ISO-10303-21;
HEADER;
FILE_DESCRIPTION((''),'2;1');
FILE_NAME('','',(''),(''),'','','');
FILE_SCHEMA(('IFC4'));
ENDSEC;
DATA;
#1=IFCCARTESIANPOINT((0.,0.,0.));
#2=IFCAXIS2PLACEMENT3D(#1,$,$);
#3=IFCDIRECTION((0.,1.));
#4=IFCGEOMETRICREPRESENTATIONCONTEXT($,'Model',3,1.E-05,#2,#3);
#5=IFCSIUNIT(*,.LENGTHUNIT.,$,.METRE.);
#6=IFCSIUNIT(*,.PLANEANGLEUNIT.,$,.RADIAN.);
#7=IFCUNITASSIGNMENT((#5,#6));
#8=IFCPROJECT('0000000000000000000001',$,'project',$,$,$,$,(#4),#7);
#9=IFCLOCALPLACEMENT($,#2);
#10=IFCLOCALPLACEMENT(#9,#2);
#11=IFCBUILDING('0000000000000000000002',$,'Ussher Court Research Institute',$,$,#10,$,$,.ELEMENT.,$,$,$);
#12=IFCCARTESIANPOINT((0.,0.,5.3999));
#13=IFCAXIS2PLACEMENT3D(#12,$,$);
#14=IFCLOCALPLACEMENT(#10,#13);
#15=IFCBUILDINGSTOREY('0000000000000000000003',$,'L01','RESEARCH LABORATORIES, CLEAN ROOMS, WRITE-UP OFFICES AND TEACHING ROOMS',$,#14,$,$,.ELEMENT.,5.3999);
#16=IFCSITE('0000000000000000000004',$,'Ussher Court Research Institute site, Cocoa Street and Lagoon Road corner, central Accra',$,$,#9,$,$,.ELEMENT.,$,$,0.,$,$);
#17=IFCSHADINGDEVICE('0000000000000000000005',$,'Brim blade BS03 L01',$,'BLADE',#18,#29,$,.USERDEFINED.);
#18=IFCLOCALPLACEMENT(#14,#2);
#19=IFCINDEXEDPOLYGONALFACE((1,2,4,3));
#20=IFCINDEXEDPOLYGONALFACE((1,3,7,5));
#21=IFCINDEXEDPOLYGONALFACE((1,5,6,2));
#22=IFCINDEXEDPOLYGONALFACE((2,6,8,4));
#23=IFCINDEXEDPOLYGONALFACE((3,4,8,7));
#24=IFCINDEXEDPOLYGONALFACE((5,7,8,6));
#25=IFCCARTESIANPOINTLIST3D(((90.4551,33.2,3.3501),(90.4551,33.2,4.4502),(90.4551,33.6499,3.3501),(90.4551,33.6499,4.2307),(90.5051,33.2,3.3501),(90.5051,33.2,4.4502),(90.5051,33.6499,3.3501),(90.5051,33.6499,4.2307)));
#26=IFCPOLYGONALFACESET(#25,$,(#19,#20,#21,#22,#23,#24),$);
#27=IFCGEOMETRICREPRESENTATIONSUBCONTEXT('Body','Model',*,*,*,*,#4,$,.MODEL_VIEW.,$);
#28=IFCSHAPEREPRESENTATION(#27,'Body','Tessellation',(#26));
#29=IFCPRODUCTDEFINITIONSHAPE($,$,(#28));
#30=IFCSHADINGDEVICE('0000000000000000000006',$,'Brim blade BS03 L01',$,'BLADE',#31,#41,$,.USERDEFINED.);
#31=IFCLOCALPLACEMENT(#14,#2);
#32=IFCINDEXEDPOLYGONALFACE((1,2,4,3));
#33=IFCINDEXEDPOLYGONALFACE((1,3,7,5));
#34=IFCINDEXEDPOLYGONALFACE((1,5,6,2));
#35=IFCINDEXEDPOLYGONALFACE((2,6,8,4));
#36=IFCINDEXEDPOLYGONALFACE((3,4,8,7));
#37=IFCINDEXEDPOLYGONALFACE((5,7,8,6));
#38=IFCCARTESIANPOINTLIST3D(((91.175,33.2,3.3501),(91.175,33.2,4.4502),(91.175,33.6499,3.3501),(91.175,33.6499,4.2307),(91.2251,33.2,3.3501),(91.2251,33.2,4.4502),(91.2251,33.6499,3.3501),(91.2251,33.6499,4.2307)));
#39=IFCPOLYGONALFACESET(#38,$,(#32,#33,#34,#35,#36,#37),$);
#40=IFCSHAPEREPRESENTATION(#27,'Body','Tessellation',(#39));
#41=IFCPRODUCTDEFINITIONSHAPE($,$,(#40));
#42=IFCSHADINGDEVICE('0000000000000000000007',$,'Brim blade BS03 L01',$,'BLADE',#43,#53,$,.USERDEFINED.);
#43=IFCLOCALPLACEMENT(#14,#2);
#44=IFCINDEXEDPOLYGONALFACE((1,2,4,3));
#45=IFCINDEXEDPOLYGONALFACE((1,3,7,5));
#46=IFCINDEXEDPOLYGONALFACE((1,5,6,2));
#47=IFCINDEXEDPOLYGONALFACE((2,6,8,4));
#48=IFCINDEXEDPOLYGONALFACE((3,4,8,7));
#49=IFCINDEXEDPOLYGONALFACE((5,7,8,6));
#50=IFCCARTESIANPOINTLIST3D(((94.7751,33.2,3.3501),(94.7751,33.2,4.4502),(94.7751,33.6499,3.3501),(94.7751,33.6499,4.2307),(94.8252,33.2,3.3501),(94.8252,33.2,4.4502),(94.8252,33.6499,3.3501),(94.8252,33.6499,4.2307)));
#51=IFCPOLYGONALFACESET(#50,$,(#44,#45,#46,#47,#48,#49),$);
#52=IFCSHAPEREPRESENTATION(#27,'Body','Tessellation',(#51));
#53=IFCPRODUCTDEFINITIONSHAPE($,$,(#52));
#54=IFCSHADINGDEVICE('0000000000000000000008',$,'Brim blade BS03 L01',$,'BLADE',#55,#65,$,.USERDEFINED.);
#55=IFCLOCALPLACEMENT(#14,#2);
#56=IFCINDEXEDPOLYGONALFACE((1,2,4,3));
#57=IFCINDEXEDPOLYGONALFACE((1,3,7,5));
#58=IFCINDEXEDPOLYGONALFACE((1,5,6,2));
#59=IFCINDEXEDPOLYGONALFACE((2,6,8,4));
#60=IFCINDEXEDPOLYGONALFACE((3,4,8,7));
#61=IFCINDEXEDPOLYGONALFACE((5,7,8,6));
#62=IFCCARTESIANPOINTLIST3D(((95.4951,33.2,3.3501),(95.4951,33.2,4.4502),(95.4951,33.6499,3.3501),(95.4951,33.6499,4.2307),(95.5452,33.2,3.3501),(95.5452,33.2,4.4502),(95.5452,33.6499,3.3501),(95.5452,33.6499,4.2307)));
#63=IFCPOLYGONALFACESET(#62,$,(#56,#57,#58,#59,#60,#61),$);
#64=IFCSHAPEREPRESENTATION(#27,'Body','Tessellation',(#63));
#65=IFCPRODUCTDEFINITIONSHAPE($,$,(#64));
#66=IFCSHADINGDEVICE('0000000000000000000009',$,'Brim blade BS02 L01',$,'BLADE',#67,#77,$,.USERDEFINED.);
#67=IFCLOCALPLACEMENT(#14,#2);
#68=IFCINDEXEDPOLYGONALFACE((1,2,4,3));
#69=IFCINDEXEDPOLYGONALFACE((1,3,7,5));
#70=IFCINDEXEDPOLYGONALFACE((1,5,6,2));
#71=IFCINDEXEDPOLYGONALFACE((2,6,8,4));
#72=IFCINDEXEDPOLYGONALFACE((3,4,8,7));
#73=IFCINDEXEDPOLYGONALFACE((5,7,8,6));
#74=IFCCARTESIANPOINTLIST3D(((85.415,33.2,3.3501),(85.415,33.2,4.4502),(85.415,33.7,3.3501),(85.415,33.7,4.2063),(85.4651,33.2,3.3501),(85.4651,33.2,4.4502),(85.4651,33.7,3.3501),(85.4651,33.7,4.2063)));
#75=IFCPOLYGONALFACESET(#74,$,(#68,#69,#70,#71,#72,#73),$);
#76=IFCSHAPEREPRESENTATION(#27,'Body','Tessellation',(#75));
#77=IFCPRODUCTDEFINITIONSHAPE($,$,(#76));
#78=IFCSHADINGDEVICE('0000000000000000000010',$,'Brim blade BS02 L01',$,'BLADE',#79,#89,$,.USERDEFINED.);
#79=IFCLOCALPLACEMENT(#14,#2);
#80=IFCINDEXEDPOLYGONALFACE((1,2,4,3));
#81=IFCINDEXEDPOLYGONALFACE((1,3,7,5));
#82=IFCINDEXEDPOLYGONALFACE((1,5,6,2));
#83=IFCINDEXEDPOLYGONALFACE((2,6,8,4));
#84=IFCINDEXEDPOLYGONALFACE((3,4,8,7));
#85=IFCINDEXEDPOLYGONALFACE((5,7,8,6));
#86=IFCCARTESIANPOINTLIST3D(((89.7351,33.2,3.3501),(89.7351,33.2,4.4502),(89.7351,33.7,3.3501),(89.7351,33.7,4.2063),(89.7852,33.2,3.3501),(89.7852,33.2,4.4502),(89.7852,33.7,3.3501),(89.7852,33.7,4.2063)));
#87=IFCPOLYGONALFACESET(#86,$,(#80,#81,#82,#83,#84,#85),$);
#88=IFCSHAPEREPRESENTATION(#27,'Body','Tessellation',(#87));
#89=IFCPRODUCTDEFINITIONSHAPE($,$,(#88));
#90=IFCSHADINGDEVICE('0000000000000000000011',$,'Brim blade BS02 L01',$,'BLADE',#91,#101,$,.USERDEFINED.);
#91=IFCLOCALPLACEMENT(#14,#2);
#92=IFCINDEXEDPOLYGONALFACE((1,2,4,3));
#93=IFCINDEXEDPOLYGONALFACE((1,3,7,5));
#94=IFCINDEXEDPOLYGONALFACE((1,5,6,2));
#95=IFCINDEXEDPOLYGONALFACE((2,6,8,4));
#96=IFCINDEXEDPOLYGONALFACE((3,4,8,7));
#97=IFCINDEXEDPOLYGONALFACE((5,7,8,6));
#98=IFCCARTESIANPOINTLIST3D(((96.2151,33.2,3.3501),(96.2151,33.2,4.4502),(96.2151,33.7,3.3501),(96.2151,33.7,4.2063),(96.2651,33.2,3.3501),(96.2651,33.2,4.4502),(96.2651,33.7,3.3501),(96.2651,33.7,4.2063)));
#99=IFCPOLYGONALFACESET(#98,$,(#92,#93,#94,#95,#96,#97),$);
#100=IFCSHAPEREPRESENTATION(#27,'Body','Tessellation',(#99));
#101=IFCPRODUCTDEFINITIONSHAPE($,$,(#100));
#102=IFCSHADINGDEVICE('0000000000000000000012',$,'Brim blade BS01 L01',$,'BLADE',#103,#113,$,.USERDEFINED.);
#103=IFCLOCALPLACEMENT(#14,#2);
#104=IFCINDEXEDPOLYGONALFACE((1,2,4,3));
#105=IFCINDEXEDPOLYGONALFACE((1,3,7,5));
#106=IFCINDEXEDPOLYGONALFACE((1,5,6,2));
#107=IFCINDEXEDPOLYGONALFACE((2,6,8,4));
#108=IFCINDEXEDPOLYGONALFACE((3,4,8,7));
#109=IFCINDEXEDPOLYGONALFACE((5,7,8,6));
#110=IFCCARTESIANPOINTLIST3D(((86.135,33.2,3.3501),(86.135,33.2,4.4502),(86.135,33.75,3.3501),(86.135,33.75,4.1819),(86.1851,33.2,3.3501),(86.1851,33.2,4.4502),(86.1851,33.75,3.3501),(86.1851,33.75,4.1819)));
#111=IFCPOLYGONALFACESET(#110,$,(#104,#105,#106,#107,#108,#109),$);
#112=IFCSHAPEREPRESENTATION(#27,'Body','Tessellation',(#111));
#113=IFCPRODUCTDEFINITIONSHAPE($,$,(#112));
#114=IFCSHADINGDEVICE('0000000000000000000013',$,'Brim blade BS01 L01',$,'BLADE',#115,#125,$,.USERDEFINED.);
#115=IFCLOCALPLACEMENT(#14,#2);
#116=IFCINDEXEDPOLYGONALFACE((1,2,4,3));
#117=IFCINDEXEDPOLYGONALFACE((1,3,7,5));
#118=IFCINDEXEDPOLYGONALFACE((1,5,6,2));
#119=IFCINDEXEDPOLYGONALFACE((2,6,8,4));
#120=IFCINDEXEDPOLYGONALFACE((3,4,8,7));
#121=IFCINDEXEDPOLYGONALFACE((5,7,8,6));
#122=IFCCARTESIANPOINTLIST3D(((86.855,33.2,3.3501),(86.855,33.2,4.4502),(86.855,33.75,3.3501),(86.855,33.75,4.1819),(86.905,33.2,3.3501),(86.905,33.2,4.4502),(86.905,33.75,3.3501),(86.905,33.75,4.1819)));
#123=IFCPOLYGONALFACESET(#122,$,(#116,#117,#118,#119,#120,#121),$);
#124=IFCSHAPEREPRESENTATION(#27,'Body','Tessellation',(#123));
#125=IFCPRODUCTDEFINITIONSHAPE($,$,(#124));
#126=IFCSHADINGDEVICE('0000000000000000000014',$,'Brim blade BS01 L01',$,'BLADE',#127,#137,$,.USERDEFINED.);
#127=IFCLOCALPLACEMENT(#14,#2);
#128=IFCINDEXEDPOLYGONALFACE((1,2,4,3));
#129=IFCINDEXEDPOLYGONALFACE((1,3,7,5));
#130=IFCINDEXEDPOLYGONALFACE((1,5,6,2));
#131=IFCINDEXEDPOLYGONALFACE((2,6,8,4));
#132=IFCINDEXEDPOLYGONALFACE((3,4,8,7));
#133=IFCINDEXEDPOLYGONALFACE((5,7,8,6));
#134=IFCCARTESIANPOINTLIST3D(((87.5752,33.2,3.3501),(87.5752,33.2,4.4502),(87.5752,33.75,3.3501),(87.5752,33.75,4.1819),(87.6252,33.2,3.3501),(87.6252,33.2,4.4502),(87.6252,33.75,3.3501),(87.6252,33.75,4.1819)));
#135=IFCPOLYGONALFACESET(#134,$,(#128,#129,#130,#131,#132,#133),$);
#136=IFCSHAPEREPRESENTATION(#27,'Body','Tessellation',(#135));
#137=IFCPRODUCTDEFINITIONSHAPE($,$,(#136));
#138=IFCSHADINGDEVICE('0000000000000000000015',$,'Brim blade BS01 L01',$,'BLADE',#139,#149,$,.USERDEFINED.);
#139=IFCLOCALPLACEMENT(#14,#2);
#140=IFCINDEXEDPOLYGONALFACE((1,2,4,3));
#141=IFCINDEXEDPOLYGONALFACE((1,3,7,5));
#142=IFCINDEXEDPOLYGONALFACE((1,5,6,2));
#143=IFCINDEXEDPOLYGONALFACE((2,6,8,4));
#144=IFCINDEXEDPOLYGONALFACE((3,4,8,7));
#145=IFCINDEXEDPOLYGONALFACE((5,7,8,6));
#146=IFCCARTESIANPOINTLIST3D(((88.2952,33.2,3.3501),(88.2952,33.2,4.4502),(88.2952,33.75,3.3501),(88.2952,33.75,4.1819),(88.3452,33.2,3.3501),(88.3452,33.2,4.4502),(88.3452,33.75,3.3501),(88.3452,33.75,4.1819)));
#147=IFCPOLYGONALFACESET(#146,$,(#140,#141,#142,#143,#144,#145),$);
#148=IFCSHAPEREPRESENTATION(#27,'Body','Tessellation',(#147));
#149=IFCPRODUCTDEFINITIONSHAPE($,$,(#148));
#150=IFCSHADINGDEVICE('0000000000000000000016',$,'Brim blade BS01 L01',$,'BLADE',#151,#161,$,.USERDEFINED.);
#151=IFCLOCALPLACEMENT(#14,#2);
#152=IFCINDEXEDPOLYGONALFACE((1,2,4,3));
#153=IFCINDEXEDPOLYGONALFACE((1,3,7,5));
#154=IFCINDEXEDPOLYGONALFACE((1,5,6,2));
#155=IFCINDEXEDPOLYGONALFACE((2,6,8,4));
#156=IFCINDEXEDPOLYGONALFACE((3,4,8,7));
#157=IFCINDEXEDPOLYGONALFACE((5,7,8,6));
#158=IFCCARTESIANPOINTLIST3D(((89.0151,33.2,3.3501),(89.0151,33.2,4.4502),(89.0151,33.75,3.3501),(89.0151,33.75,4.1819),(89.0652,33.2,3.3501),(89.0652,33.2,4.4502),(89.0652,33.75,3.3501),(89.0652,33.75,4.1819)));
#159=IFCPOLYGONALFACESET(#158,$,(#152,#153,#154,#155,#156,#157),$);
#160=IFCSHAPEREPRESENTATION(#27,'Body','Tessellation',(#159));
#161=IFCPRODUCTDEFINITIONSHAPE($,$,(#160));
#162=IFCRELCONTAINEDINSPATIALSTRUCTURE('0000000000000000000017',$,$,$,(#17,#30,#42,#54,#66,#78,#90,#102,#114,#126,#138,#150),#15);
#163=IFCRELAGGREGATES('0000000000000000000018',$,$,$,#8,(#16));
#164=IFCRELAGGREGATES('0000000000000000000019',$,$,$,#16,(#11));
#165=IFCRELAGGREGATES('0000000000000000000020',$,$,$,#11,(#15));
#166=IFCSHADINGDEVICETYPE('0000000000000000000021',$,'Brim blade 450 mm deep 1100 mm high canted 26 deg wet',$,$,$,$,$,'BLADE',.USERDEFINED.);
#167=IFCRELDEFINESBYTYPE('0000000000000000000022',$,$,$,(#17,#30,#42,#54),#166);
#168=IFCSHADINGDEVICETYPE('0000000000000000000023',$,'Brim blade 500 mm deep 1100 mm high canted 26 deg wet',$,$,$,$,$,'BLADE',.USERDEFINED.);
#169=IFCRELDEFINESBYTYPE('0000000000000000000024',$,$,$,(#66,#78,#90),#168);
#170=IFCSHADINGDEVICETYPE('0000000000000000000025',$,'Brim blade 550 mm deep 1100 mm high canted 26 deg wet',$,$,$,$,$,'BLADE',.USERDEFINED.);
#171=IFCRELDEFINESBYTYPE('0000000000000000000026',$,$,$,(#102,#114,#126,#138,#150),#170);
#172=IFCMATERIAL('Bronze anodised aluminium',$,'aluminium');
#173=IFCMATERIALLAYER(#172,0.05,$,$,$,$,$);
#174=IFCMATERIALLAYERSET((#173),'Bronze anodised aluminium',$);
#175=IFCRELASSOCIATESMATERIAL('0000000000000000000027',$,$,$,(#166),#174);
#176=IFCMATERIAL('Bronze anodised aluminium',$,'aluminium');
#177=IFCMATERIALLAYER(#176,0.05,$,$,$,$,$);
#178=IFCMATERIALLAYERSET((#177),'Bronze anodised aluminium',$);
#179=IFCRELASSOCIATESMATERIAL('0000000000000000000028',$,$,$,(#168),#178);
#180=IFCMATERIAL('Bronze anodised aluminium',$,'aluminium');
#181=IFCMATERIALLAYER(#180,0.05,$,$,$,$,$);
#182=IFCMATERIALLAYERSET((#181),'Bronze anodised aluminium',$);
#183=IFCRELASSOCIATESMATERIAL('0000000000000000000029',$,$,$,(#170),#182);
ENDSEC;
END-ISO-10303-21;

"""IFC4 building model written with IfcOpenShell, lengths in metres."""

from ifc_helpers import new_model, si_unit, direction, frame, origin, place, context, subcontext, project, spatial, polyline, outline, extrude, material, layer, layer_set, type_object, element, save


model = new_model("IFC4")

# Units and contexts
model_context = context("Model", 3, precision=1e-05, world=origin(), true_north=direction((0.0, 1.0)))
body_context = subcontext(model_context, "Body", "Model", "MODEL_VIEW")
ifc_project = project(units=[si_unit("LENGTHUNIT", "METRE"), si_unit("PLANEANGLEUNIT", "RADIAN")], contexts=[model_context])

# Site, building, storey
site_placement = place(None, origin())
site = spatial("IfcSite", under=ifc_project, at=site_placement, Name="Ussher Court Research Institute site, Cocoa Street and Lagoon Road corner, central Accra", CompositionType="ELEMENT", RefElevation=0.0)
building_placement = place(site_placement, origin())
building = spatial("IfcBuilding", under=site, at=building_placement, Name="Ussher Court Research Institute", CompositionType="ELEMENT")
storey_placement = place(building_placement, frame((0.0, 0.0, 5.3999)))
storey = spatial("IfcBuildingStorey", under=building, at=storey_placement, Name="L01", Description="RESEARCH LABORATORIES, CLEAN ROOMS, WRITE-UP OFFICES AND TEACHING ROOMS", CompositionType="ELEMENT", Elevation=5.3999)

# Shading devices
ifc_material_1 = material(Name="Bronze anodised aluminium", Category="aluminium")
ifc_layer_1 = layer(ifc_material_1, 0.05)
ifc_layer_set_1 = layer_set([ifc_layer_1], Name="Bronze anodised aluminium")
shading_device_type_1 = type_object("IfcShadingDeviceType", Name="Brim blade 450 mm deep 1100 mm high canted 26 deg wet", ElementType="BLADE", PredefinedType="USERDEFINED", material=ifc_layer_set_1)
for number, where, z_axis, x_axis, name in (
    (1, (90.48, 33.2, 3.3501), (0.0, 0.0, 1.0), (0.0, 1.0, 0.0), "Brim blade BS03 L01"),
    (2, (91.2, 33.2, 3.3501), (0.0, 0.0, 1.0), (0.0, 1.0, 0.0), "Brim blade BS03 L01"),
    (3, (94.8, 33.2, 3.3501), (0.0, 0.0, 1.0), (0.0, 1.0, 0.0), "Brim blade BS03 L01"),
    (4, (95.52, 33.2, 3.3501), (0.0, 0.0, 1.0), (0.0, 1.0, 0.0), "Brim blade BS03 L01"),
):
    element("IfcShadingDevice", number, at=place(storey_placement, frame(where, z_axis=z_axis, x_axis=x_axis)), inside=storey, type_object=shading_device_type_1, Name=name, ObjectType="BLADE", PredefinedType="USERDEFINED", context=body_context, shape_type="SweptSolid", body=[
        extrude(outline(polyline([(0.0, 0.0), (0.45, 0.0), (0.45, 0.8806), (0.0, 1.1001), (0.0, 0.0)])), frame((0.0, 0.0249, 0.0), z_axis=(0.0, -1.0, 0.0), x_axis=(1.0, 0.0, 0.0)), (0.0, 0.0, 1.0), 0.05),
    ])
ifc_material_2 = material(Name="Bronze anodised aluminium", Category="aluminium")
ifc_layer_2 = layer(ifc_material_2, 0.05)
ifc_layer_set_2 = layer_set([ifc_layer_2], Name="Bronze anodised aluminium")
shading_device_type_2 = type_object("IfcShadingDeviceType", Name="Brim blade 500 mm deep 1100 mm high canted 26 deg wet", ElementType="BLADE", PredefinedType="USERDEFINED", material=ifc_layer_set_2)
for number, where, z_axis, x_axis, name in (
    (5, (85.4399, 33.2, 3.3501), (0.0, 0.0, 1.0), (0.0, 1.0, 0.0), "Brim blade BS02 L01"),
    (6, (89.76, 33.2, 3.3501), (0.0, 0.0, 1.0), (0.0, 1.0, 0.0), "Brim blade BS02 L01"),
    (7, (96.24, 33.2, 3.3501), (0.0, 0.0, 1.0), (0.0, 1.0, 0.0), "Brim blade BS02 L01"),
):
    element("IfcShadingDevice", number, at=place(storey_placement, frame(where, z_axis=z_axis, x_axis=x_axis)), inside=storey, type_object=shading_device_type_2, Name=name, ObjectType="BLADE", PredefinedType="USERDEFINED", context=body_context, shape_type="SweptSolid", body=[
        extrude(outline(polyline([(0.0, 0.0), (0.5, 0.0), (0.5, 0.8562), (0.0, 1.1001), (0.0, 0.0)])), frame((0.0, 0.0249, 0.0), z_axis=(0.0, -1.0, 0.0), x_axis=(1.0, 0.0, 0.0)), (0.0, 0.0, 1.0), 0.05),
    ])
ifc_material_3 = material(Name="Bronze anodised aluminium", Category="aluminium")
ifc_layer_3 = layer(ifc_material_3, 0.05)
ifc_layer_set_3 = layer_set([ifc_layer_3], Name="Bronze anodised aluminium")
shading_device_type_3 = type_object("IfcShadingDeviceType", Name="Brim blade 550 mm deep 1100 mm high canted 26 deg wet", ElementType="BLADE", PredefinedType="USERDEFINED", material=ifc_layer_set_3)
for number, where, z_axis, x_axis, name in (
    (8, (86.1599, 33.2, 3.3501), (0.0, 0.0, 1.0), (0.0, 1.0, 0.0), "Brim blade BS01 L01"),
    (9, (86.8799, 33.2, 3.3501), (0.0, 0.0, 1.0), (0.0, 1.0, 0.0), "Brim blade BS01 L01"),
    (10, (87.6001, 33.2, 3.3501), (0.0, 0.0, 1.0), (0.0, 1.0, 0.0), "Brim blade BS01 L01"),
    (11, (88.3201, 33.2, 3.3501), (0.0, 0.0, 1.0), (0.0, 1.0, 0.0), "Brim blade BS01 L01"),
    (12, (89.04, 33.2, 3.3501), (0.0, 0.0, 1.0), (0.0, 1.0, 0.0), "Brim blade BS01 L01"),
):
    element("IfcShadingDevice", number, at=place(storey_placement, frame(where, z_axis=z_axis, x_axis=x_axis)), inside=storey, type_object=shading_device_type_3, Name=name, ObjectType="BLADE", PredefinedType="USERDEFINED", context=body_context, shape_type="SweptSolid", body=[
        extrude(outline(polyline([(0.0, 0.0), (0.55, 0.0), (0.55, 0.8318), (0.0, 1.1001), (0.0, 0.0)])), frame((0.0, 0.0249, 0.0), z_axis=(0.0, -1.0, 0.0), x_axis=(1.0, 0.0, 0.0)), (0.0, 0.0, 1.0), 0.05),
    ])

save(model, "model.ifc")
